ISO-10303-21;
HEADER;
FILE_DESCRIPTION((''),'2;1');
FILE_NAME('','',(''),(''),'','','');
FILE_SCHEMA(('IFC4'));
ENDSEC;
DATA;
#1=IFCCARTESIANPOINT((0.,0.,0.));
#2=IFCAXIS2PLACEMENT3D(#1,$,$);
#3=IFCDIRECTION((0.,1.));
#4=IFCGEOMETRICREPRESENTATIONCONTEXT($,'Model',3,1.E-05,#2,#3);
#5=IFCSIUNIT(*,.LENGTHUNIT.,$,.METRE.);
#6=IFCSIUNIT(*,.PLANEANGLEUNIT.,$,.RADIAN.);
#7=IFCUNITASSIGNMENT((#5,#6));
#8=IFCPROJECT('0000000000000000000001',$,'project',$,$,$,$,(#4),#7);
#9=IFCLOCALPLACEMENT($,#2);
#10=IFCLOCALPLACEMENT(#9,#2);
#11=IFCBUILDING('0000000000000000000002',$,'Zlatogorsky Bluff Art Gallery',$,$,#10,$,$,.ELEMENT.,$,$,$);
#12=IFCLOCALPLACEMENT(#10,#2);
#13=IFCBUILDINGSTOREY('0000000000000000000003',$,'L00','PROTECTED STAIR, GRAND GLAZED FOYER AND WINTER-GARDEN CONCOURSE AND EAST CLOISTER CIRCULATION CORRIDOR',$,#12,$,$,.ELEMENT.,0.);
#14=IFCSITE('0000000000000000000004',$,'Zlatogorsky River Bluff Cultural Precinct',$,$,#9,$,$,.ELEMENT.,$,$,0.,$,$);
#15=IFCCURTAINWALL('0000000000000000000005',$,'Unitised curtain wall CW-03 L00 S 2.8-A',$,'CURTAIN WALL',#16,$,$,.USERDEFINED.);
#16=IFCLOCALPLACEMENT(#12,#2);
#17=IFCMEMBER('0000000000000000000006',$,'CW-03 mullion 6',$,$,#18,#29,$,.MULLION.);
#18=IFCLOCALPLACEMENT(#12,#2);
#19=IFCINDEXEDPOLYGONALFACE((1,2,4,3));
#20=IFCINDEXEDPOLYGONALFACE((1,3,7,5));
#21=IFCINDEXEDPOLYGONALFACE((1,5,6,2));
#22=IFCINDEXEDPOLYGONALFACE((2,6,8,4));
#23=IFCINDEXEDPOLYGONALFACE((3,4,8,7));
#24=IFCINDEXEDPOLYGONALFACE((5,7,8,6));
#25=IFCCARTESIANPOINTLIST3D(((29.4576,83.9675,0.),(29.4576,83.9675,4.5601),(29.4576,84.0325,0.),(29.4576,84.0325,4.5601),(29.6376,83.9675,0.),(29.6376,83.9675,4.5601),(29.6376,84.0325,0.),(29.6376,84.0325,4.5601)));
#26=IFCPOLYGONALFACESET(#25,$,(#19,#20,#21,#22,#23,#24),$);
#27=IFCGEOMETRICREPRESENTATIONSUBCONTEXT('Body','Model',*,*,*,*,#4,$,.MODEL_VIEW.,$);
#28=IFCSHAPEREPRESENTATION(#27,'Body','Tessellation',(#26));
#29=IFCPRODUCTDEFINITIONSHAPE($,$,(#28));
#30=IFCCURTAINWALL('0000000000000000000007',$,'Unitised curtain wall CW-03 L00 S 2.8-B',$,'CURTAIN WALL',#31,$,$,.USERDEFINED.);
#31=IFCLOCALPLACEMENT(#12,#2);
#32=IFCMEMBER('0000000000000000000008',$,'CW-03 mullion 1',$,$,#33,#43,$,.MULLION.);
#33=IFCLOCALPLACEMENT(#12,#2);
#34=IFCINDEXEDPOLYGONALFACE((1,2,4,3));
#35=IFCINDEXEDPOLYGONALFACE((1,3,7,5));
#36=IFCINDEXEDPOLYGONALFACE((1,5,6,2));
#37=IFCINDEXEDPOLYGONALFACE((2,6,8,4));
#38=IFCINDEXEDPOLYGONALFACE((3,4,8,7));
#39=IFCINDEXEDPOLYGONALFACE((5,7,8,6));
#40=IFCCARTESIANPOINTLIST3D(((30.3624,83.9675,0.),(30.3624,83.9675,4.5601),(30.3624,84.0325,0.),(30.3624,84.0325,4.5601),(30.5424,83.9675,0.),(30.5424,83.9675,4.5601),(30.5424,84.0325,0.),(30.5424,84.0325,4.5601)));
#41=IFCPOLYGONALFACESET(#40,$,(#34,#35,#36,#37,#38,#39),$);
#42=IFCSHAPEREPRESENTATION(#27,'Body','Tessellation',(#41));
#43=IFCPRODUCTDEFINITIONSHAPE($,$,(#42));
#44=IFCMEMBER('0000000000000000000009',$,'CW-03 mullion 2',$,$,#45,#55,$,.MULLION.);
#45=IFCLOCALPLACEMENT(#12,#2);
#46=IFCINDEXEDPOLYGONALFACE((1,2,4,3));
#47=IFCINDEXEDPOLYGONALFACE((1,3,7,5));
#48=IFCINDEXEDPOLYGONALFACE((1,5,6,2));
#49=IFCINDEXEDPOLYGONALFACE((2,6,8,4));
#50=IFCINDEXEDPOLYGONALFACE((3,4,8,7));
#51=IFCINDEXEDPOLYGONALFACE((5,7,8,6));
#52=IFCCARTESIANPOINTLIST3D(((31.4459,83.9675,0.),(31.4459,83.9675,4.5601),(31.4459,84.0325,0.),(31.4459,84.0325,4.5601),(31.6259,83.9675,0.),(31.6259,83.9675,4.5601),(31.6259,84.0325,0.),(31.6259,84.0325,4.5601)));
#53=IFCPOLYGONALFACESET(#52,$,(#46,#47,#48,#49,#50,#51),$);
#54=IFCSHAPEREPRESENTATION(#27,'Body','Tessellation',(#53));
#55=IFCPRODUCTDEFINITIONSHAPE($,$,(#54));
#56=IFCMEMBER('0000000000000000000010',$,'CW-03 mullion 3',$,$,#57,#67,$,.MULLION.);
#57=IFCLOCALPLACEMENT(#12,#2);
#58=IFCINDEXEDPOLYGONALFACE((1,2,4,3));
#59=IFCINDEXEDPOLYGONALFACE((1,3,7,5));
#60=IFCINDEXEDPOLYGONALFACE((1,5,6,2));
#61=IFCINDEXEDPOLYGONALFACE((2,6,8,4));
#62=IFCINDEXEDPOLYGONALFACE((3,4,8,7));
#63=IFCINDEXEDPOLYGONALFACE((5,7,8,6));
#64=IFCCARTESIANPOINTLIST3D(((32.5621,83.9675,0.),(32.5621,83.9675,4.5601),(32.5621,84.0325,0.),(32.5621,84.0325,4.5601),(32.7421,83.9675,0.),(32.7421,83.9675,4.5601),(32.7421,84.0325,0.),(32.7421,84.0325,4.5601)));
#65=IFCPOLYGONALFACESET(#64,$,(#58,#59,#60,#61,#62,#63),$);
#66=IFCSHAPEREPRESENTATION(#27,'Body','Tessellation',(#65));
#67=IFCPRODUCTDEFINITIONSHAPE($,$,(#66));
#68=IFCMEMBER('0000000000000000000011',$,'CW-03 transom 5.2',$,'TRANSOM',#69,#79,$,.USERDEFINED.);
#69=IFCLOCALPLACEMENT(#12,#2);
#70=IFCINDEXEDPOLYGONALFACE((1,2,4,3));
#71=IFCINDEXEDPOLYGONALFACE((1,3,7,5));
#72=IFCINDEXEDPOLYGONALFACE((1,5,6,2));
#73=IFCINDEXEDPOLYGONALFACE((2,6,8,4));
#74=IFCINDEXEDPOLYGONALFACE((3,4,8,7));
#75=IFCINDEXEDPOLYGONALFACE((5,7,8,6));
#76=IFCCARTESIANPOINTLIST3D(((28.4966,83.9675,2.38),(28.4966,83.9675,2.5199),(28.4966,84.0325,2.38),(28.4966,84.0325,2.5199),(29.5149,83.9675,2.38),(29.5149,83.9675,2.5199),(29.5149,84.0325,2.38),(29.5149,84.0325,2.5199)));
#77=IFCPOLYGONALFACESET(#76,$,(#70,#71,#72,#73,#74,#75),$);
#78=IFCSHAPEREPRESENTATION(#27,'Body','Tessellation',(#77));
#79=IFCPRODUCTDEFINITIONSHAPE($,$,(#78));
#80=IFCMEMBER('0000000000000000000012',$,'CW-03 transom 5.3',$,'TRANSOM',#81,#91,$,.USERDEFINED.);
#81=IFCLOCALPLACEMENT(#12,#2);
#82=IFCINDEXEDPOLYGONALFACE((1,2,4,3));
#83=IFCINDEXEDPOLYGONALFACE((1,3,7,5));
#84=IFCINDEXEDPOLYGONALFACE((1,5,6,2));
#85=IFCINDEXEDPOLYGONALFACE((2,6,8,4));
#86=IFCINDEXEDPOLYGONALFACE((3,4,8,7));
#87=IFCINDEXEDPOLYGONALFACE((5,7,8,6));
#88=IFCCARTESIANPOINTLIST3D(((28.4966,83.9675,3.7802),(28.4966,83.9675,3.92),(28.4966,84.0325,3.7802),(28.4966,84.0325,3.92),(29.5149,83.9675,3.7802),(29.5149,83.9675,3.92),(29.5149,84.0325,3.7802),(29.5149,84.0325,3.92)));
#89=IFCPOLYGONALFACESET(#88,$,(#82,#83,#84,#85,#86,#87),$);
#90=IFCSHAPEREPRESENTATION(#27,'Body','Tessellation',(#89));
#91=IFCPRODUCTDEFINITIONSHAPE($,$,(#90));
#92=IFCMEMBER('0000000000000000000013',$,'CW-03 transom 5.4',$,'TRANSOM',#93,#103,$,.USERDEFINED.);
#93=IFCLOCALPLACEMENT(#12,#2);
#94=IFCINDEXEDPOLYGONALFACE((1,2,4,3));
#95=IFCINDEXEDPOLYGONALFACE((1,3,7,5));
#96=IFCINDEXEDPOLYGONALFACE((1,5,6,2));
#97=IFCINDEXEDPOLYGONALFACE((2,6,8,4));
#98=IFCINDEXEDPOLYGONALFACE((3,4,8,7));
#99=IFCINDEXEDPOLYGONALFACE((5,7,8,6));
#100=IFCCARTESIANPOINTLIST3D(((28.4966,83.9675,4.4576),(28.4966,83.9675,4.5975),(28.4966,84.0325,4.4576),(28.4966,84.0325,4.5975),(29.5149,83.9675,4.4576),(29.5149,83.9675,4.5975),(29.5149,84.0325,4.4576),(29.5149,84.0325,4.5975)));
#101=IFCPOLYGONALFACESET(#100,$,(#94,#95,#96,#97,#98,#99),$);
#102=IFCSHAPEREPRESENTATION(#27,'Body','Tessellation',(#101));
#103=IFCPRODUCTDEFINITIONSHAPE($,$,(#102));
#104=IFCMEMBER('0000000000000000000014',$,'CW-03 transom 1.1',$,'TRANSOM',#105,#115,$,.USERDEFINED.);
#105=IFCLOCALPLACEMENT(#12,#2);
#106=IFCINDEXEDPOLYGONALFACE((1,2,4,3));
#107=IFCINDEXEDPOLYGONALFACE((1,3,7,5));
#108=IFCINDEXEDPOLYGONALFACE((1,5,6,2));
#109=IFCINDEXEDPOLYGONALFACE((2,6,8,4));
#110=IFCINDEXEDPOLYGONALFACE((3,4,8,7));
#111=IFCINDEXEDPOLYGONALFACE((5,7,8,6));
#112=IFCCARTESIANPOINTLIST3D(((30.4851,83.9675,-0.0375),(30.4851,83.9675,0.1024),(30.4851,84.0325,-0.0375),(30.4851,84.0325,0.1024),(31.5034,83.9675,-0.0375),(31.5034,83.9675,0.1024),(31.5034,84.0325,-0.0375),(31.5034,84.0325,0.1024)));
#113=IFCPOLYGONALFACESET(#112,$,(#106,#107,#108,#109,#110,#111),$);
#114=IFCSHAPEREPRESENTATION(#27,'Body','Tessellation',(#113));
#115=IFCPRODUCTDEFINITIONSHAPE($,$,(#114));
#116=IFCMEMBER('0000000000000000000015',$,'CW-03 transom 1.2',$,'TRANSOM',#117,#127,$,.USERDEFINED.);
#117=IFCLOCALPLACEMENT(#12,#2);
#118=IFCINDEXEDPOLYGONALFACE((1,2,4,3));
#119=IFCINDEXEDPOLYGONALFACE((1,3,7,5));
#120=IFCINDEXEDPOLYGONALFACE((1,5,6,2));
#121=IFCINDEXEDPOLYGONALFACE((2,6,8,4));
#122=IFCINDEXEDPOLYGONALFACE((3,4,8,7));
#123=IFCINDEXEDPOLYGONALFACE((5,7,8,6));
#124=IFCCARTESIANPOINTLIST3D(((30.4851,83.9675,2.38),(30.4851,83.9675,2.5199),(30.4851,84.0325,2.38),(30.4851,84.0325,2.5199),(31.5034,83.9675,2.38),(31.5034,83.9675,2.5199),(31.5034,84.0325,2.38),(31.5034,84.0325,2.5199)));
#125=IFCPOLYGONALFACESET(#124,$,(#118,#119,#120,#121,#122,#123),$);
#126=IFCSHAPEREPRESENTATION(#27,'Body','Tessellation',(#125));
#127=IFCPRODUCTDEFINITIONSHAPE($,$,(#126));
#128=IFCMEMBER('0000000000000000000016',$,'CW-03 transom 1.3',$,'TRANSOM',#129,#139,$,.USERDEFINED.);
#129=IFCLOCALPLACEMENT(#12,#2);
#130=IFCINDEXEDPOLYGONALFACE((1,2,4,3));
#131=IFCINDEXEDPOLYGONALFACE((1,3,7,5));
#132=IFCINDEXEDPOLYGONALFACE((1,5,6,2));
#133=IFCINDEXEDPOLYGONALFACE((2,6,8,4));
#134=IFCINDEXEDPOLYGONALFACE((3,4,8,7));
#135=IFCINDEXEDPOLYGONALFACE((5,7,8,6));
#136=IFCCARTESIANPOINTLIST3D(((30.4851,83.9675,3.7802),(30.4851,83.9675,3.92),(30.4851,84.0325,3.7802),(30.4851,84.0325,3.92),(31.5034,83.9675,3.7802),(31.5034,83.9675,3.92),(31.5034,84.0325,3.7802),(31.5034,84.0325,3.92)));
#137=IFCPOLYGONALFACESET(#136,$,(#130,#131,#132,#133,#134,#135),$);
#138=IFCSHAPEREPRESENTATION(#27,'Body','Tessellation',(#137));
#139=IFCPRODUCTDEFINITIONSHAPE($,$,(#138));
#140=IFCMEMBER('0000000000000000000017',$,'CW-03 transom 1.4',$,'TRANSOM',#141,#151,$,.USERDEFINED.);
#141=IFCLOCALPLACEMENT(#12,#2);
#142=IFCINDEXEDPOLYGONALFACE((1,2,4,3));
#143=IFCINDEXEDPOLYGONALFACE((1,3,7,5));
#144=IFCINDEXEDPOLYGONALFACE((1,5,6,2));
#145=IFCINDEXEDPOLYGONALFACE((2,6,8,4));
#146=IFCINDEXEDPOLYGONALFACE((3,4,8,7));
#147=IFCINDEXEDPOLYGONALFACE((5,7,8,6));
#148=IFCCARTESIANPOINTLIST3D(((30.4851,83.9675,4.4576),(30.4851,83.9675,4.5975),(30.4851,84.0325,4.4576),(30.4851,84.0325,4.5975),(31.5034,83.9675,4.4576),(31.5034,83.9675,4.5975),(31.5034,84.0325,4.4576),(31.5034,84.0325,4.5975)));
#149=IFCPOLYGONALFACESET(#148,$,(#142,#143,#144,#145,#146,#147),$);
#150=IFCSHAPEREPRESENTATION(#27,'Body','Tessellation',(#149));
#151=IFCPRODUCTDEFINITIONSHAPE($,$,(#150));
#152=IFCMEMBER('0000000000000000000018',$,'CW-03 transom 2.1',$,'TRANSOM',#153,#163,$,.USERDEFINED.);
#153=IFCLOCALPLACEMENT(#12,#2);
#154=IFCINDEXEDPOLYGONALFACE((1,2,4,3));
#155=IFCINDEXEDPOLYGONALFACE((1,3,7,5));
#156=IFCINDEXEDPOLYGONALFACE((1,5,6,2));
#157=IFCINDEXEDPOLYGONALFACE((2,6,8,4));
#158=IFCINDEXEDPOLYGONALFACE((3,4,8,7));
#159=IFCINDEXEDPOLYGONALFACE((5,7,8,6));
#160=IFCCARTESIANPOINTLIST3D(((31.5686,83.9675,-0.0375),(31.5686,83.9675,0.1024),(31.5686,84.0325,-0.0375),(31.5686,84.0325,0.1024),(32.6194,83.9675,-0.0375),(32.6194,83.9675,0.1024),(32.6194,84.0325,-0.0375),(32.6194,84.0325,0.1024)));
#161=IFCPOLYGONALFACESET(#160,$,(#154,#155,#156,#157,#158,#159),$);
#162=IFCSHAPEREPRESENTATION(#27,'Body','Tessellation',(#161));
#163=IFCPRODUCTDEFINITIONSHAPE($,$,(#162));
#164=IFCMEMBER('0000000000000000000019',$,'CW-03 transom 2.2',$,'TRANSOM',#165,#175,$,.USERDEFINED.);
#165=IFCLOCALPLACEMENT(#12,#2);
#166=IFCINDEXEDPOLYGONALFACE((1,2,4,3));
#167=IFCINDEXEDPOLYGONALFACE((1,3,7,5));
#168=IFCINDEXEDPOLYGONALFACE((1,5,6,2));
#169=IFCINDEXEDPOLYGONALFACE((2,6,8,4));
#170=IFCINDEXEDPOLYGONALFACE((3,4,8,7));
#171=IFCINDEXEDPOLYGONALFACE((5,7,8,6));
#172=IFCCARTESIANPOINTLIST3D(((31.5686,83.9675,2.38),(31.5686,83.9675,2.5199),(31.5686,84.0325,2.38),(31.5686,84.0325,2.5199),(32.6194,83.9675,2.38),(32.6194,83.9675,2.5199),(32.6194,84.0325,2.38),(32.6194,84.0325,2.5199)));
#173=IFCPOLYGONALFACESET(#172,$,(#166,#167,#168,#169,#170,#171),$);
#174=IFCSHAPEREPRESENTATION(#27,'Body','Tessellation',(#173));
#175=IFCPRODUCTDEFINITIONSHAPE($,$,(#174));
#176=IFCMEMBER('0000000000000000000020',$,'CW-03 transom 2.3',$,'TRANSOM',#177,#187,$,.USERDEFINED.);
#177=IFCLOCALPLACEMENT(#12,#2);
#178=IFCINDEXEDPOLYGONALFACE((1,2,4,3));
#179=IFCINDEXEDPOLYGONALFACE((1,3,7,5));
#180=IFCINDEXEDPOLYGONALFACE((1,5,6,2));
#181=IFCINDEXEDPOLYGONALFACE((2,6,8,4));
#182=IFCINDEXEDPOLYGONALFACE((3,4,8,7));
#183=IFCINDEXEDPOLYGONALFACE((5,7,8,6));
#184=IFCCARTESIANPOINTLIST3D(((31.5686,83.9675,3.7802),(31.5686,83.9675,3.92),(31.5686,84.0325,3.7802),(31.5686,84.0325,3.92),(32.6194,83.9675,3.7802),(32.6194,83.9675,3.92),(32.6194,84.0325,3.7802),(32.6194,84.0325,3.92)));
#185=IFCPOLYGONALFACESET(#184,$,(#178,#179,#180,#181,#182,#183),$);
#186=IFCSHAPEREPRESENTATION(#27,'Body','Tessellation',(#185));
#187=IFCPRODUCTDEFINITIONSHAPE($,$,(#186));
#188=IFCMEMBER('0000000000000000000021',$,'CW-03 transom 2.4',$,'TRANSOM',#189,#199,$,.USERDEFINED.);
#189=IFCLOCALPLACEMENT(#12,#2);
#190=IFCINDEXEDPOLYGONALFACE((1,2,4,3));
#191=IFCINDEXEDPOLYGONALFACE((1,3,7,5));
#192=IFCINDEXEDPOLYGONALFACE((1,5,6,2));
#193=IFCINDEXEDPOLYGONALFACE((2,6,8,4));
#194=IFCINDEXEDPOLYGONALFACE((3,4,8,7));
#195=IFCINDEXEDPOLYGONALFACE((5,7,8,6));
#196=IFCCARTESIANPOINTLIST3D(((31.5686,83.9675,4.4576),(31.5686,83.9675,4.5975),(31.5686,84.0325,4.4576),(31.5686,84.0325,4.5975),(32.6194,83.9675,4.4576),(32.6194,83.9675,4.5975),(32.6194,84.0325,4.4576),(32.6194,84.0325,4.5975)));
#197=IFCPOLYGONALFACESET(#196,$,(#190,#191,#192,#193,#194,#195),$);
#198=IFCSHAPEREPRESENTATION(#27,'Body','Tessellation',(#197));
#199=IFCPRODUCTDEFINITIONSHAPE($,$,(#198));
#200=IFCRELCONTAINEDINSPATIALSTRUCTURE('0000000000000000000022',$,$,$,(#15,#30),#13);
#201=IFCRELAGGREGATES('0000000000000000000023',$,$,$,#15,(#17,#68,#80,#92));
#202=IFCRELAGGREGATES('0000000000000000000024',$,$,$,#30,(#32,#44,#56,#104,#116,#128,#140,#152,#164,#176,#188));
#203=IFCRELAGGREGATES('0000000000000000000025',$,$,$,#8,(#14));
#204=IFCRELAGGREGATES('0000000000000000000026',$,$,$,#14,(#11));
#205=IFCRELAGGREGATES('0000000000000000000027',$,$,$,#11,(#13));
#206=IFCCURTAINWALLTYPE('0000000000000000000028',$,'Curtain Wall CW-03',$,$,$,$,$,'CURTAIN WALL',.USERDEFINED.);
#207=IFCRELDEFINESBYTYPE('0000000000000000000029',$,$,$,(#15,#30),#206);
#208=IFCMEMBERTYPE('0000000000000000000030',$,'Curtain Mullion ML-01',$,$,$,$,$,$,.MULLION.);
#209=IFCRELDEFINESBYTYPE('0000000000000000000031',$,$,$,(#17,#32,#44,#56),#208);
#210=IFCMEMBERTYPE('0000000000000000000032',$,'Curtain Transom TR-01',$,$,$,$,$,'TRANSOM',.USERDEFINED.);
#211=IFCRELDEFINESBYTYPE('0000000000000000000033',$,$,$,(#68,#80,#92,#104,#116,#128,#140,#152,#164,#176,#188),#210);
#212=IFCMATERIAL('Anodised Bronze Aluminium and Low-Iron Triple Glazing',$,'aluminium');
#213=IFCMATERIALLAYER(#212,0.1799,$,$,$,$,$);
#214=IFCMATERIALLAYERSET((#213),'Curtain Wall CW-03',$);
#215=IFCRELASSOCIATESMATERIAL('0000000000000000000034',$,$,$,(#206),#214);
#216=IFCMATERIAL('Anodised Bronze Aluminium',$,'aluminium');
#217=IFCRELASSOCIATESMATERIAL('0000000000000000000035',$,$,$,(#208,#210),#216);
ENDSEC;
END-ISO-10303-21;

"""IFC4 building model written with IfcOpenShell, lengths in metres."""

from ifc_helpers import new_model, si_unit, direction, frame, origin, origin_2d, place, context, subcontext, project, spatial, rectangle, extrude, material, layer, layer_set, material_profile, profile_set, type_object, element, aggregate, save


model = new_model("IFC4")

# Units and contexts
model_context = context("Model", 3, precision=1e-05, world=origin(), true_north=direction((0.0, 1.0)))
body_context = subcontext(model_context, "Body", "Model", "MODEL_VIEW")
ifc_project = project(units=[si_unit("LENGTHUNIT", "METRE"), si_unit("PLANEANGLEUNIT", "RADIAN")], contexts=[model_context])

# Site, building, storey
site_placement = place(None, origin())
site = spatial("IfcSite", under=ifc_project, at=site_placement, Name="Zlatogorsky River Bluff Cultural Precinct", CompositionType="ELEMENT", RefElevation=0.0)
building_placement = place(site_placement, origin())
building = spatial("IfcBuilding", under=site, at=building_placement, Name="Zlatogorsky Bluff Art Gallery", CompositionType="ELEMENT")
storey_placement = place(building_placement, origin())
storey = spatial("IfcBuildingStorey", under=building, at=storey_placement, Name="L00", Description="PROTECTED STAIR, GRAND GLAZED FOYER AND WINTER-GARDEN CONCOURSE AND EAST CLOISTER CIRCULATION CORRIDOR", CompositionType="ELEMENT", Elevation=0.0)

# Curtain wall, member
ifc_material_1 = material(Name="Anodised Bronze Aluminium and Low-Iron Triple Glazing", Category="aluminium")
ifc_layer_1 = layer(ifc_material_1, 0.1799)
ifc_layer_set_1 = layer_set([ifc_layer_1], Name="Curtain Wall CW-03")
curtain_wall_type = type_object("IfcCurtainWallType", Name="Curtain Wall CW-03", ElementType="CURTAIN WALL", PredefinedType="USERDEFINED", material=ifc_layer_set_1)
curtain_wall_1_placement = place(storey_placement, origin())
curtain_wall_1 = element("IfcCurtainWall", 1, at=curtain_wall_1_placement, inside=storey, type_object=curtain_wall_type, Name="Unitised curtain wall CW-03 L00 S 2.8-A", ObjectType="CURTAIN WALL", PredefinedType="USERDEFINED")
ifc_material_2 = material(Name="Anodised Bronze Aluminium", Category="aluminium")
ifc_material_profile_1 = material_profile(ifc_material_2, rectangle(XDim=0.0649, YDim=0.1799, at=origin_2d()), Name="ALU MULLION 65x180")
ifc_profile_set_1 = profile_set([ifc_material_profile_1], Name="Anodised Bronze Aluminium")
member_type_1 = type_object("IfcMemberType", Name="Curtain Mullion ML-01", PredefinedType="MULLION", material=ifc_profile_set_1)
member_1_placement = place(storey_placement, frame((29.5476, 84.0, 0.0), z_axis=(0.0, 0.0, 1.0), x_axis=(0.0, 1.0, 0.0)))
member_1 = element("IfcMember", 2, at=member_1_placement, type_object=member_type_1, Name="CW-03 mullion 6", PredefinedType="MULLION", context=body_context, shape_type="SweptSolid", body=[
    extrude(rectangle(XDim=0.0649, YDim=0.1799, at=origin_2d()), origin(), (0.0, 0.0, 1.0), 4.5601),
])

# Curtain wall, members
curtain_wall_2_placement = place(storey_placement, origin())
curtain_wall_2 = element("IfcCurtainWall", 3, at=curtain_wall_2_placement, inside=storey, type_object=curtain_wall_type, Name="Unitised curtain wall CW-03 L00 S 2.8-B", ObjectType="CURTAIN WALL", PredefinedType="USERDEFINED")
member_2_placement = place(storey_placement, frame((30.4524, 84.0, 0.0), z_axis=(0.0, 0.0, 1.0), x_axis=(0.0, 1.0, 0.0)))
member_2 = element("IfcMember", 4, at=member_2_placement, type_object=member_type_1, Name="CW-03 mullion 1", PredefinedType="MULLION", context=body_context, shape_type="SweptSolid", body=[
    extrude(rectangle(XDim=0.0649, YDim=0.1799, at=origin_2d()), origin(), (0.0, 0.0, 1.0), 4.5601),
])
member_3_placement = place(storey_placement, frame((31.5359, 84.0, 0.0), z_axis=(0.0, 0.0, 1.0), x_axis=(0.0, 1.0, 0.0)))
member_3 = element("IfcMember", 5, at=member_3_placement, type_object=member_type_1, Name="CW-03 mullion 2", PredefinedType="MULLION", context=body_context, shape_type="SweptSolid", body=[
    extrude(rectangle(XDim=0.0649, YDim=0.1799, at=origin_2d()), origin(), (0.0, 0.0, 1.0), 4.5601),
])
member_4_placement = place(storey_placement, frame((32.6521, 84.0, 0.0), z_axis=(0.0, 0.0, 1.0), x_axis=(0.0, 1.0, 0.0)))
member_4 = element("IfcMember", 6, at=member_4_placement, type_object=member_type_1, Name="CW-03 mullion 3", PredefinedType="MULLION", context=body_context, shape_type="SweptSolid", body=[
    extrude(rectangle(XDim=0.0649, YDim=0.1799, at=origin_2d()), origin(), (0.0, 0.0, 1.0), 4.5601),
])

# Members
ifc_material_profile_2 = material_profile(ifc_material_2, rectangle(XDim=0.0649, YDim=0.1399, at=origin_2d()), Name="ALU TRANSOM 65x140")
ifc_profile_set_2 = profile_set([ifc_material_profile_2], Name="Anodised Bronze Aluminium")
member_type_2 = type_object("IfcMemberType", Name="Curtain Transom TR-01", ElementType="TRANSOM", PredefinedType="USERDEFINED", material=ifc_profile_set_2)
member_5_placement = place(storey_placement, frame((28.4966, 84.0, 2.45), z_axis=(1.0, 0.0, 0.0), x_axis=(0.0, 1.0, 0.0)))
member_5 = element("IfcMember", 7, at=member_5_placement, type_object=member_type_2, Name="CW-03 transom 5.2", ObjectType="TRANSOM", PredefinedType="USERDEFINED", context=body_context, shape_type="SweptSolid", body=[
    extrude(rectangle(XDim=0.0649, YDim=0.1399, at=origin_2d()), origin(), (0.0, 0.0, 1.0), 1.0183),
])
member_6_placement = place(storey_placement, frame((28.4966, 84.0, 3.8501), z_axis=(1.0, 0.0, 0.0), x_axis=(0.0, 1.0, 0.0)))
member_6 = element("IfcMember", 8, at=member_6_placement, type_object=member_type_2, Name="CW-03 transom 5.3", ObjectType="TRANSOM", PredefinedType="USERDEFINED", context=body_context, shape_type="SweptSolid", body=[
    extrude(rectangle(XDim=0.0649, YDim=0.1399, at=origin_2d()), origin(), (0.0, 0.0, 1.0), 1.0183),
])
member_7_placement = place(storey_placement, frame((28.4966, 84.0, 4.5276), z_axis=(1.0, 0.0, 0.0), x_axis=(0.0, 1.0, 0.0)))
member_7 = element("IfcMember", 9, at=member_7_placement, type_object=member_type_2, Name="CW-03 transom 5.4", ObjectType="TRANSOM", PredefinedType="USERDEFINED", context=body_context, shape_type="SweptSolid", body=[
    extrude(rectangle(XDim=0.0649, YDim=0.1399, at=origin_2d()), origin(), (0.0, 0.0, 1.0), 1.0183),
])
member_8_placement = place(storey_placement, frame((30.4851, 84.0, 0.0325), z_axis=(1.0, 0.0, 0.0), x_axis=(0.0, 1.0, 0.0)))
member_8 = element("IfcMember", 10, at=member_8_placement, type_object=member_type_2, Name="CW-03 transom 1.1", ObjectType="TRANSOM", PredefinedType="USERDEFINED", context=body_context, shape_type="SweptSolid", body=[
    extrude(rectangle(XDim=0.0649, YDim=0.1399, at=origin_2d()), origin(), (0.0, 0.0, 1.0), 1.0183),
])
member_9_placement = place(storey_placement, frame((30.4851, 84.0, 2.45), z_axis=(1.0, 0.0, 0.0), x_axis=(0.0, 1.0, 0.0)))
member_9 = element("IfcMember", 11, at=member_9_placement, type_object=member_type_2, Name="CW-03 transom 1.2", ObjectType="TRANSOM", PredefinedType="USERDEFINED", context=body_context, shape_type="SweptSolid", body=[
    extrude(rectangle(XDim=0.0649, YDim=0.1399, at=origin_2d()), origin(), (0.0, 0.0, 1.0), 1.0183),
])
member_10_placement = place(storey_placement, frame((30.4851, 84.0, 3.8501), z_axis=(1.0, 0.0, 0.0), x_axis=(0.0, 1.0, 0.0)))
member_10 = element("IfcMember", 12, at=member_10_placement, type_object=member_type_2, Name="CW-03 transom 1.3", ObjectType="TRANSOM", PredefinedType="USERDEFINED", context=body_context, shape_type="SweptSolid", body=[
    extrude(rectangle(XDim=0.0649, YDim=0.1399, at=origin_2d()), origin(), (0.0, 0.0, 1.0), 1.0183),
])
member_11_placement = place(storey_placement, frame((30.4851, 84.0, 4.5276), z_axis=(1.0, 0.0, 0.0), x_axis=(0.0, 1.0, 0.0)))
member_11 = element("IfcMember", 13, at=member_11_placement, type_object=member_type_2, Name="CW-03 transom 1.4", ObjectType="TRANSOM", PredefinedType="USERDEFINED", context=body_context, shape_type="SweptSolid", body=[
    extrude(rectangle(XDim=0.0649, YDim=0.1399, at=origin_2d()), origin(), (0.0, 0.0, 1.0), 1.0183),
])
member_12_placement = place(storey_placement, frame((31.5686, 84.0, 0.0325), z_axis=(1.0, 0.0, 0.0), x_axis=(0.0, 1.0, 0.0)))
member_12 = element("IfcMember", 14, at=member_12_placement, type_object=member_type_2, Name="CW-03 transom 2.1", ObjectType="TRANSOM", PredefinedType="USERDEFINED", context=body_context, shape_type="SweptSolid", body=[
    extrude(rectangle(XDim=0.0649, YDim=0.1399, at=origin_2d()), origin(), (0.0, 0.0, 1.0), 1.0508),
])
member_13_placement = place(storey_placement, frame((31.5686, 84.0, 2.45), z_axis=(1.0, 0.0, 0.0), x_axis=(0.0, 1.0, 0.0)))
member_13 = element("IfcMember", 15, at=member_13_placement, type_object=member_type_2, Name="CW-03 transom 2.2", ObjectType="TRANSOM", PredefinedType="USERDEFINED", context=body_context, shape_type="SweptSolid", body=[
    extrude(rectangle(XDim=0.0649, YDim=0.1399, at=origin_2d()), origin(), (0.0, 0.0, 1.0), 1.0508),
])
member_14_placement = place(storey_placement, frame((31.5686, 84.0, 3.8501), z_axis=(1.0, 0.0, 0.0), x_axis=(0.0, 1.0, 0.0)))
member_14 = element("IfcMember", 16, at=member_14_placement, type_object=member_type_2, Name="CW-03 transom 2.3", ObjectType="TRANSOM", PredefinedType="USERDEFINED", context=body_context, shape_type="SweptSolid", body=[
    extrude(rectangle(XDim=0.0649, YDim=0.1399, at=origin_2d()), origin(), (0.0, 0.0, 1.0), 1.0508),
])
member_15_placement = place(storey_placement, frame((31.5686, 84.0, 4.5276), z_axis=(1.0, 0.0, 0.0), x_axis=(0.0, 1.0, 0.0)))
member_15 = element("IfcMember", 17, at=member_15_placement, type_object=member_type_2, Name="CW-03 transom 2.4", ObjectType="TRANSOM", PredefinedType="USERDEFINED", context=body_context, shape_type="SweptSolid", body=[
    extrude(rectangle(XDim=0.0649, YDim=0.1399, at=origin_2d()), origin(), (0.0, 0.0, 1.0), 1.0508),
])

aggregate(curtain_wall_1, [member_1, member_5, member_6, member_7])
aggregate(curtain_wall_2, [member_2, member_3, member_4, member_8, member_9, member_10, member_11, member_12, member_13, member_14, member_15])

save(model, "model.ifc")
